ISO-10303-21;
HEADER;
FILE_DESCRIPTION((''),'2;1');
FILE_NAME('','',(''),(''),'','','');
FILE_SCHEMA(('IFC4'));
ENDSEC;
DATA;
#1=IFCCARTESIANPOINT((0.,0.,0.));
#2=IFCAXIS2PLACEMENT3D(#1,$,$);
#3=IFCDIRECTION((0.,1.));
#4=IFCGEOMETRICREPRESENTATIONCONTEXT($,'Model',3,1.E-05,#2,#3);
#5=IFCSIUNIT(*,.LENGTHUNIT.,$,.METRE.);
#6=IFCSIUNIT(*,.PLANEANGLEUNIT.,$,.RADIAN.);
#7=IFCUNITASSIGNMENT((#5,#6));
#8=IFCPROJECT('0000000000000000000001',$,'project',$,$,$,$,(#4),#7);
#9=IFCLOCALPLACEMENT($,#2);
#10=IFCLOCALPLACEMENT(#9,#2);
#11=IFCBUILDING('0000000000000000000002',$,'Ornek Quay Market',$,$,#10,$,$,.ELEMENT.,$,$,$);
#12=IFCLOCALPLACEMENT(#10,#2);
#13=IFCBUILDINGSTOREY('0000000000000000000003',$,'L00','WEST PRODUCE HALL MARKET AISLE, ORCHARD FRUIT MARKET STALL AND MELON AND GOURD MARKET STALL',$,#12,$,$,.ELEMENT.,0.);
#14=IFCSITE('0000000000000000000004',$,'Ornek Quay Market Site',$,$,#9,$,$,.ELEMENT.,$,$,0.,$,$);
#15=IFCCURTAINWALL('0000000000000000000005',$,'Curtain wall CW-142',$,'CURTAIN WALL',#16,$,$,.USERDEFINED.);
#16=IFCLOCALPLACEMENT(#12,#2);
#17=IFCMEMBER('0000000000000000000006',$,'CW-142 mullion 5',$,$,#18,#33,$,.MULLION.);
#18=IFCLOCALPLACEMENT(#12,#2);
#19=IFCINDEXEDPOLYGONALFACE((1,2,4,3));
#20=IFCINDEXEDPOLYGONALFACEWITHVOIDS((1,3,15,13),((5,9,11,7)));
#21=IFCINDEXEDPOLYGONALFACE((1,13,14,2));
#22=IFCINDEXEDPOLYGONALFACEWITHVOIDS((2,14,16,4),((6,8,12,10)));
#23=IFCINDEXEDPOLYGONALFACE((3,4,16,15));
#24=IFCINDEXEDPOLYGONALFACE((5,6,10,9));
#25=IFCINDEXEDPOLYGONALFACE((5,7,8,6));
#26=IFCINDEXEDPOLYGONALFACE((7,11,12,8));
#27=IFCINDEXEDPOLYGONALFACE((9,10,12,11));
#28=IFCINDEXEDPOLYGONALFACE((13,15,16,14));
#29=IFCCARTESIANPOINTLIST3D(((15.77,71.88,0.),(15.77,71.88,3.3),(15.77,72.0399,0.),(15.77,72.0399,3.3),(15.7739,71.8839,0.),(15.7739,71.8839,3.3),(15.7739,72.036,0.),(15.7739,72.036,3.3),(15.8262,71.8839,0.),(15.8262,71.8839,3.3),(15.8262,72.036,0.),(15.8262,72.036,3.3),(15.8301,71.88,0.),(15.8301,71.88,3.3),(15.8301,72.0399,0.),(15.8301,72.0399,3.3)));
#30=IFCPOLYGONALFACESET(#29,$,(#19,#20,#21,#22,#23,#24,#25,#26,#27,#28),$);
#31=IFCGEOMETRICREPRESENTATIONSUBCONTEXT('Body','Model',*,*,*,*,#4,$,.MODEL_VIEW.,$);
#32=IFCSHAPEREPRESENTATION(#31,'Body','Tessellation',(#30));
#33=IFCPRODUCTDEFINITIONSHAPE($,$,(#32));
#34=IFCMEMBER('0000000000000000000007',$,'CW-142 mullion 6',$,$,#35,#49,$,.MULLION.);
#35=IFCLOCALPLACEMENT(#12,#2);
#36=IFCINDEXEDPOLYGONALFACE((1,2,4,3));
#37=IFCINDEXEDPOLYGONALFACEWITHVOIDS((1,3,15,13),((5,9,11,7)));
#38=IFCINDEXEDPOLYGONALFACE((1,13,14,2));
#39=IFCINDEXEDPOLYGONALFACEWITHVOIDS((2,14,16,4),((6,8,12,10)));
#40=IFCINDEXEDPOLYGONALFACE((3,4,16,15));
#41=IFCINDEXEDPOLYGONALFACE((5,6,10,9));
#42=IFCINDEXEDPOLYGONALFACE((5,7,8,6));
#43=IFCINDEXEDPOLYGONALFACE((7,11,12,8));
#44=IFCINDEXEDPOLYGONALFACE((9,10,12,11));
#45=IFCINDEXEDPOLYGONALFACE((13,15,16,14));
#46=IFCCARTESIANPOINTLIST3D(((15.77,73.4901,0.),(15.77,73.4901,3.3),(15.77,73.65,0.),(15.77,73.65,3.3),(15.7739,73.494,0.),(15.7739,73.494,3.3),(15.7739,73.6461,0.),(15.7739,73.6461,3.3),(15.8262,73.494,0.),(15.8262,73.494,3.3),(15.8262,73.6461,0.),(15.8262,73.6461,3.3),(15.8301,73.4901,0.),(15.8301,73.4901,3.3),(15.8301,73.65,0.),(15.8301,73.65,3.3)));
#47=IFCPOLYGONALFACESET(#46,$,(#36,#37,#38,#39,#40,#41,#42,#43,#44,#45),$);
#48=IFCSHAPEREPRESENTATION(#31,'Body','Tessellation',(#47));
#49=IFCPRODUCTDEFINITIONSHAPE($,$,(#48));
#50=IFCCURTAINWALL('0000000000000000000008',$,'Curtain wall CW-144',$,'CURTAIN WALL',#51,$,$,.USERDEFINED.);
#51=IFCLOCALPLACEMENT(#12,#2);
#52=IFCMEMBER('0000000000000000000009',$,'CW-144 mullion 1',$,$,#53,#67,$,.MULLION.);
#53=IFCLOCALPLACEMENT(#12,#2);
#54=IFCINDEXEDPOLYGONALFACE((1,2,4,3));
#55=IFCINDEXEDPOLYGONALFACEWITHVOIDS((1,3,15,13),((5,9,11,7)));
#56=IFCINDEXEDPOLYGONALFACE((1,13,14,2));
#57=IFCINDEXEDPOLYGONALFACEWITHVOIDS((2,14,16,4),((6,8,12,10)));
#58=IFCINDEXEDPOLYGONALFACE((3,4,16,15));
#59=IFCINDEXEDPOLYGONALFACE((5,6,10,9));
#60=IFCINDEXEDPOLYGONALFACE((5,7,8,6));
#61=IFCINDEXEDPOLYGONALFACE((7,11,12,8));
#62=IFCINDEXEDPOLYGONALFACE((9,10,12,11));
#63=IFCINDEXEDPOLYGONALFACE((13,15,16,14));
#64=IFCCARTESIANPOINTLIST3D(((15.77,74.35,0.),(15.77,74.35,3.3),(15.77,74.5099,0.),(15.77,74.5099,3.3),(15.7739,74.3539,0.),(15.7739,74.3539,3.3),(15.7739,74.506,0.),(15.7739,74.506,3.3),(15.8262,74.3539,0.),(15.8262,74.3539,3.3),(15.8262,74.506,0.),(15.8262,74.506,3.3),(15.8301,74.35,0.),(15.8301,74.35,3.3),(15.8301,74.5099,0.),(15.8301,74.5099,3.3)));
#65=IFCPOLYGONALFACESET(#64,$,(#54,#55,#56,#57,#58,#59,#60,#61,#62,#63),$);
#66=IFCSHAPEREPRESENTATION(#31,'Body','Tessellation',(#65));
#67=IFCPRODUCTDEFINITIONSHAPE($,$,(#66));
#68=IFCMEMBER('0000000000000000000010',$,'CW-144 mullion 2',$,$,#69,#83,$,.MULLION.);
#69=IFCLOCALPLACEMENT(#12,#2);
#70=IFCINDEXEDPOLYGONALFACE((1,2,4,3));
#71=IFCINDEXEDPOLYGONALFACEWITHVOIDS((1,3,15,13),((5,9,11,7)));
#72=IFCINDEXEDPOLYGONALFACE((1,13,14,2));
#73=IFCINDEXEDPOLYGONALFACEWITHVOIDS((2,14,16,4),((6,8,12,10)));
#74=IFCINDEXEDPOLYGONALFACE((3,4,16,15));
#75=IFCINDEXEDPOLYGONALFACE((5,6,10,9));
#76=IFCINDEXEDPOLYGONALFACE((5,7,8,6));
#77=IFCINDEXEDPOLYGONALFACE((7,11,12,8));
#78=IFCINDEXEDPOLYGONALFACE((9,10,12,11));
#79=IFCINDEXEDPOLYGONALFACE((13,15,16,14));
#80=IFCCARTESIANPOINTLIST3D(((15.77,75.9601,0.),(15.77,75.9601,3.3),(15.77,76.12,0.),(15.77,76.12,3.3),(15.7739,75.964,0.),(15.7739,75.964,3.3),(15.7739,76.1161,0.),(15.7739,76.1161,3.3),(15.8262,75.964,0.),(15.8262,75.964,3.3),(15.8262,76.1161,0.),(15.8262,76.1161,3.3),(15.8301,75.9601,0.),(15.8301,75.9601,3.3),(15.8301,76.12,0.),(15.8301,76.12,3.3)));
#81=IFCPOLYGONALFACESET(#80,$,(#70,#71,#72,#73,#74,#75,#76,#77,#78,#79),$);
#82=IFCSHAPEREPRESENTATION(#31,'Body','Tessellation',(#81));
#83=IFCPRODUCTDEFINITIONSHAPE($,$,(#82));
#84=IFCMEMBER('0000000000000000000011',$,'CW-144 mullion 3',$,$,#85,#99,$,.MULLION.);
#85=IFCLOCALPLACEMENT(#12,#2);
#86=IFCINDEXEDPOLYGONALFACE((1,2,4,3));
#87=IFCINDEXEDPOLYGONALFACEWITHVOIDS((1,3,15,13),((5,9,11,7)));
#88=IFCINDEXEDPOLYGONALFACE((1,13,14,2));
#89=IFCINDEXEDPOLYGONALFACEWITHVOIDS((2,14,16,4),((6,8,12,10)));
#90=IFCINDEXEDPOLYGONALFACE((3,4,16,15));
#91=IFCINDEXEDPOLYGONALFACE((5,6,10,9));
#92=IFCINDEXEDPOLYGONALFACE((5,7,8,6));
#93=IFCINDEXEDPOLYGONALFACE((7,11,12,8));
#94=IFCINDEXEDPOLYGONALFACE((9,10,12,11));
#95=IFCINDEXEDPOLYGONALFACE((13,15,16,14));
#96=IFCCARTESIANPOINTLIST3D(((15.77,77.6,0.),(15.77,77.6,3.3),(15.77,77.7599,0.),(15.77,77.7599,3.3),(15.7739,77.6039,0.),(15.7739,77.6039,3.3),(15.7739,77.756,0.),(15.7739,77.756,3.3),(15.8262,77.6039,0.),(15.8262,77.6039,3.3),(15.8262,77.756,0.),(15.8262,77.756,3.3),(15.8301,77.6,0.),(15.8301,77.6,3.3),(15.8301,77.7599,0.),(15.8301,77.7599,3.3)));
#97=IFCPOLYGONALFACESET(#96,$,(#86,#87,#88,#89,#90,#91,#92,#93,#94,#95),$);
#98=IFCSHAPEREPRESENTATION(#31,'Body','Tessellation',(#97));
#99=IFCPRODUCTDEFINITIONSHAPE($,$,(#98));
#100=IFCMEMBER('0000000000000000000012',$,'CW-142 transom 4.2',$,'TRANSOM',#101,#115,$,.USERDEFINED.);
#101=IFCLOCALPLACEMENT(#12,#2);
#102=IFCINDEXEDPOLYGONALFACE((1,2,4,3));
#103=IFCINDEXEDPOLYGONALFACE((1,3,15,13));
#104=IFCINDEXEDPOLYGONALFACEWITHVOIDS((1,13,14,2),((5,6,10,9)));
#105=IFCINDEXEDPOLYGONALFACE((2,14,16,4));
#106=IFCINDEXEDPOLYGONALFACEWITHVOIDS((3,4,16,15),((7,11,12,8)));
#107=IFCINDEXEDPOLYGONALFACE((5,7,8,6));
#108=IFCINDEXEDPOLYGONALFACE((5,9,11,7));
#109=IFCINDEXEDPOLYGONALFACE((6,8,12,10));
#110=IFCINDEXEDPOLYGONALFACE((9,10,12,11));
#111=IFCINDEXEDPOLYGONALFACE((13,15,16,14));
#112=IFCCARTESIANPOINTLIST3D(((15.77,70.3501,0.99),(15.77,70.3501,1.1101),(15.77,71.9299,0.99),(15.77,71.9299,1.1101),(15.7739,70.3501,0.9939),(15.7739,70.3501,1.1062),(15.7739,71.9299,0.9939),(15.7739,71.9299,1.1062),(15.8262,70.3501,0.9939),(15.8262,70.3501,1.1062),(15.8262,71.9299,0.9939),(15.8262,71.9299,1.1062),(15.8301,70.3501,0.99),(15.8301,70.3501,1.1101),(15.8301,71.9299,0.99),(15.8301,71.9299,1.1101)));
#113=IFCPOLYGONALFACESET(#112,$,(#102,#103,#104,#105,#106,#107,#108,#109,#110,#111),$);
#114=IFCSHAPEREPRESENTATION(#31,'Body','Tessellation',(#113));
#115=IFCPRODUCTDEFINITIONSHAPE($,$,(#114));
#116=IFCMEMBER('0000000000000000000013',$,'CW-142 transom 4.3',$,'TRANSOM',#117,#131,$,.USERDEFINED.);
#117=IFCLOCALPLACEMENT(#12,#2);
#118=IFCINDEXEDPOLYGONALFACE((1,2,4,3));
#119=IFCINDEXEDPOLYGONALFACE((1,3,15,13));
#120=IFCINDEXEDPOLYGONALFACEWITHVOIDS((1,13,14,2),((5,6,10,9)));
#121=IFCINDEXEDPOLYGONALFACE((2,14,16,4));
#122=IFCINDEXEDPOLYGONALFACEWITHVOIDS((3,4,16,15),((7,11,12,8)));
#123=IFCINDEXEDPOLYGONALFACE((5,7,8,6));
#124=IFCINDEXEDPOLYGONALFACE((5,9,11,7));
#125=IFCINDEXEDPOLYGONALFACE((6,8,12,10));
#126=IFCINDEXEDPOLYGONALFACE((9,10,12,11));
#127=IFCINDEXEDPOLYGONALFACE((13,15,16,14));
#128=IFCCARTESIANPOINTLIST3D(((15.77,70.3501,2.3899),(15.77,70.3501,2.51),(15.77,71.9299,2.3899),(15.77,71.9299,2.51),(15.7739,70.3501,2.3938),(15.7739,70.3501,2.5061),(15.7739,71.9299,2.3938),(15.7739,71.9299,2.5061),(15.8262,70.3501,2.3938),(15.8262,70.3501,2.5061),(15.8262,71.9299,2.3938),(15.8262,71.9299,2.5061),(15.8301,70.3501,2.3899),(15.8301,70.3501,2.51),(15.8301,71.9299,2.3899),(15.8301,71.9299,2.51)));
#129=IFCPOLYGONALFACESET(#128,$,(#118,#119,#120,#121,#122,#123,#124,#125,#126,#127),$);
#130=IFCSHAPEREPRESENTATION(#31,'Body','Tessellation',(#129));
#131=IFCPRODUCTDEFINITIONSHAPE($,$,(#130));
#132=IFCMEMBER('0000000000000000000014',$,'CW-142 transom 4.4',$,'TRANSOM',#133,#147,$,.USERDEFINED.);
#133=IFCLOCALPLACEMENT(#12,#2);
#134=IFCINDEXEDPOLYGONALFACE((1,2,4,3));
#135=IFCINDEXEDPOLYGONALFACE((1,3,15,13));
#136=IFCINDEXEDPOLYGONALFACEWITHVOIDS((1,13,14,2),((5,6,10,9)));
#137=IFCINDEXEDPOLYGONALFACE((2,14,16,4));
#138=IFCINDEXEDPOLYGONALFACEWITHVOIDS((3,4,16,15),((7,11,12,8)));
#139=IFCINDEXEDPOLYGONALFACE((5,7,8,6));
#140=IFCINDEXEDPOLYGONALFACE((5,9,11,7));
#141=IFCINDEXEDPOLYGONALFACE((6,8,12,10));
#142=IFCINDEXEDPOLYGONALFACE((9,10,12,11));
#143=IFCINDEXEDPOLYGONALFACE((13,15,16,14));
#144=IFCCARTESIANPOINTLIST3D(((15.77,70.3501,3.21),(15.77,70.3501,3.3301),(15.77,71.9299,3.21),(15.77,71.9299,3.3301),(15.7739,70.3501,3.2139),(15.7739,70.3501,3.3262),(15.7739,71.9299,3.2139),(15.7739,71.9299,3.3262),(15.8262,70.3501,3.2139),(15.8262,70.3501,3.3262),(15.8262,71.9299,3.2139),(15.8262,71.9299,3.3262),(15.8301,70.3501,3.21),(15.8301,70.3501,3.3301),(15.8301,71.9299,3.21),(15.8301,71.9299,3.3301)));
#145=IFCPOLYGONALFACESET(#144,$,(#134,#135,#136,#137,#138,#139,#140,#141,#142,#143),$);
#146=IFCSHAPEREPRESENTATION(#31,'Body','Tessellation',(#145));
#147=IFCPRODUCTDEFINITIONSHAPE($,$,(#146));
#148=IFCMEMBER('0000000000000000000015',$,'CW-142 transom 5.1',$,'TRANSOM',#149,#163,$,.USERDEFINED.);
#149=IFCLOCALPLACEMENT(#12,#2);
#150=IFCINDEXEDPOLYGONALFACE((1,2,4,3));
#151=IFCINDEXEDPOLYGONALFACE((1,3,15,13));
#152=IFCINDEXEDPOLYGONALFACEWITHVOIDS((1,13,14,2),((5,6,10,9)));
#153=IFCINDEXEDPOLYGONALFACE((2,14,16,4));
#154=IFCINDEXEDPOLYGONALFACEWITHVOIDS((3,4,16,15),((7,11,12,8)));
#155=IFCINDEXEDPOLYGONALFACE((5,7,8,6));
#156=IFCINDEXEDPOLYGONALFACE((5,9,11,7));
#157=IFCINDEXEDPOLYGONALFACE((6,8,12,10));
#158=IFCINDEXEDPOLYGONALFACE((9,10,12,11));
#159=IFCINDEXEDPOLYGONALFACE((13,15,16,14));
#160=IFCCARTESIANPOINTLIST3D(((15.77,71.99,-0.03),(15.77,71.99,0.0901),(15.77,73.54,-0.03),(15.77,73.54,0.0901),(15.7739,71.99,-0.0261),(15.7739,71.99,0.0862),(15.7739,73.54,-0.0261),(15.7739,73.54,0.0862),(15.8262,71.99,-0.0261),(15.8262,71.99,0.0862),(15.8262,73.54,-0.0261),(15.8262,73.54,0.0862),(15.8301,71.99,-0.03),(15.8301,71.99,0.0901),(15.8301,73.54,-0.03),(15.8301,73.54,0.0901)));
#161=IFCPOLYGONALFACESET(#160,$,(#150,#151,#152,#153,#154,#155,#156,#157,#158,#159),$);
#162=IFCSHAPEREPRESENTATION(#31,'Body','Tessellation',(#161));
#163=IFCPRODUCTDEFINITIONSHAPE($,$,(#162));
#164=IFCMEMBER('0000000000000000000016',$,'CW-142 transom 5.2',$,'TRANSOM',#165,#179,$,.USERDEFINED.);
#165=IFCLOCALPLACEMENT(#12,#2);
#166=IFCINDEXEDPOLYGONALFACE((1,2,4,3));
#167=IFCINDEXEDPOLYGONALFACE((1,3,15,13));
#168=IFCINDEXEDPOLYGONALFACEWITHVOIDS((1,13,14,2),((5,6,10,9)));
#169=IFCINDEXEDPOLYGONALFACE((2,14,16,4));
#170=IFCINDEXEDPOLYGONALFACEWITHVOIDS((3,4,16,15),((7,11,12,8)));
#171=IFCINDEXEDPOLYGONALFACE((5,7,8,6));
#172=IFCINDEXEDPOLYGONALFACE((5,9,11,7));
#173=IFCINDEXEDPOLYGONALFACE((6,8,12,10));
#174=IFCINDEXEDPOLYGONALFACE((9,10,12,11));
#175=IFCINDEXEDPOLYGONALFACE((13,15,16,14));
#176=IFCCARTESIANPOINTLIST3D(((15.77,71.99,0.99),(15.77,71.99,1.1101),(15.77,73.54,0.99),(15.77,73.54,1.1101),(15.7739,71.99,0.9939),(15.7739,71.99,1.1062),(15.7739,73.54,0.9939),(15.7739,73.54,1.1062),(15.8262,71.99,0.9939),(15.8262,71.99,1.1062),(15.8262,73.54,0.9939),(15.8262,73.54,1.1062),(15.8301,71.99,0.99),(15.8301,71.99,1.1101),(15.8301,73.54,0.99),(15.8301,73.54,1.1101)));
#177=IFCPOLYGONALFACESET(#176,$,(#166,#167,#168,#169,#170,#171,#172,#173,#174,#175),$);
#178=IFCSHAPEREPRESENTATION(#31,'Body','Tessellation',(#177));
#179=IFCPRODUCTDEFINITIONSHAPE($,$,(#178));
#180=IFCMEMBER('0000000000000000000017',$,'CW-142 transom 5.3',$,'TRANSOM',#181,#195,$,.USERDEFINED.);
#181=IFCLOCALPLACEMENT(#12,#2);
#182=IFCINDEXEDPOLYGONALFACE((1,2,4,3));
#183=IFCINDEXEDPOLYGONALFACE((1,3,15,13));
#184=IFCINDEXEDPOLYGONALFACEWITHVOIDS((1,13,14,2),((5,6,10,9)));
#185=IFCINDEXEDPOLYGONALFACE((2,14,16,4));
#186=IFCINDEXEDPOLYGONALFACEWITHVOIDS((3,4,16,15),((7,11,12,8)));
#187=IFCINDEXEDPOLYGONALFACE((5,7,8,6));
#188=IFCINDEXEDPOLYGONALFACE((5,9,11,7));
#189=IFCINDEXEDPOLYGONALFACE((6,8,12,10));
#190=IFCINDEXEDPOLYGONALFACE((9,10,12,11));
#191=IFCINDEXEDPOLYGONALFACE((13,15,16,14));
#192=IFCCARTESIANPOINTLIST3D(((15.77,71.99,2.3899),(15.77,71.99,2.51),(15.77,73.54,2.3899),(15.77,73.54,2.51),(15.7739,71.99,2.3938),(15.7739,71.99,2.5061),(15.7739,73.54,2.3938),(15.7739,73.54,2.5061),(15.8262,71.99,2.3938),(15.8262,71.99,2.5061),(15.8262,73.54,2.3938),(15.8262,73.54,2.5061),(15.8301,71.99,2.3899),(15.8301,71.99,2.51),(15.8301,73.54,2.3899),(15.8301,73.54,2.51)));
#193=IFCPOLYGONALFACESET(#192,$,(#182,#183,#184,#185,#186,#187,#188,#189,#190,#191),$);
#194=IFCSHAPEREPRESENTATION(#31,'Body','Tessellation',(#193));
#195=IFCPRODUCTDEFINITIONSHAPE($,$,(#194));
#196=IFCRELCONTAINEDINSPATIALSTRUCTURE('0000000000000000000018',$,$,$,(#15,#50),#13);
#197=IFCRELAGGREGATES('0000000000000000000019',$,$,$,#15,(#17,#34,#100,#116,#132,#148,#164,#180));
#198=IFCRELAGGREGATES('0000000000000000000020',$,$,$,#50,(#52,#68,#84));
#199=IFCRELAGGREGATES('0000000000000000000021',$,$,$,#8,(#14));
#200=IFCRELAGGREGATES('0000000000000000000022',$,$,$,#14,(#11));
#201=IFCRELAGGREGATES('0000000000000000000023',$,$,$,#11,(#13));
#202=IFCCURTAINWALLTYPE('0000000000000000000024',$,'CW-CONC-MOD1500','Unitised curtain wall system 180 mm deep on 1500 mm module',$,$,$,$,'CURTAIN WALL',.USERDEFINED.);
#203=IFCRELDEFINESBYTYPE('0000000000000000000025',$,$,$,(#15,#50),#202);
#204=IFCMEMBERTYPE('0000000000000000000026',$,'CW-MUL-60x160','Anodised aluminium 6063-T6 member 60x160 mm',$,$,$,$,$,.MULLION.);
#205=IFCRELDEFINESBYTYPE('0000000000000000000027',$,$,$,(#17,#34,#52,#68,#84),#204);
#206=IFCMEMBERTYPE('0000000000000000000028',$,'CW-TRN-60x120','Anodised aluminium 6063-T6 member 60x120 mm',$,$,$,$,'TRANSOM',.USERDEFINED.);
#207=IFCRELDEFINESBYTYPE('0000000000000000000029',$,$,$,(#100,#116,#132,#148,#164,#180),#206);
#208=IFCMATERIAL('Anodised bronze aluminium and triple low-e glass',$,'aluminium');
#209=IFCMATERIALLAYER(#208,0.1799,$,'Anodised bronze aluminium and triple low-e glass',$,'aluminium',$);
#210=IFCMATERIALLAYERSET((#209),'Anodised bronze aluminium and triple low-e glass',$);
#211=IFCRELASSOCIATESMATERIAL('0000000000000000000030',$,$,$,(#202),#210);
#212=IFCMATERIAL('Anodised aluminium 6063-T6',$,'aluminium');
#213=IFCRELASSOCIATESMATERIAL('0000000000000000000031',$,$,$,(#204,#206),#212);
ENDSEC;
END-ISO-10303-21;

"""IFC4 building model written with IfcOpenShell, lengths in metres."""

from ifc_helpers import new_model, si_unit, direction, frame, origin, origin_2d, place, context, subcontext, project, spatial, hollow_rectangle, extrude, material, layer, layer_set, material_profile, profile_set, type_object, element, aggregate, save


model = new_model("IFC4")

# Units and contexts
model_context = context("Model", 3, precision=1e-05, world=origin(), true_north=direction((0.0, 1.0)))
body_context = subcontext(model_context, "Body", "Model", "MODEL_VIEW")
ifc_project = project(units=[si_unit("LENGTHUNIT", "METRE"), si_unit("PLANEANGLEUNIT", "RADIAN")], contexts=[model_context])

# Site, building, storey
site_placement = place(None, origin())
site = spatial("IfcSite", under=ifc_project, at=site_placement, Name="Ornek Quay Market Site", CompositionType="ELEMENT", RefElevation=0.0)
building_placement = place(site_placement, origin())
building = spatial("IfcBuilding", under=site, at=building_placement, Name="Ornek Quay Market", CompositionType="ELEMENT")
storey_placement = place(building_placement, origin())
storey = spatial("IfcBuildingStorey", under=building, at=storey_placement, Name="L00", Description="WEST PRODUCE HALL MARKET AISLE, ORCHARD FRUIT MARKET STALL AND MELON AND GOURD MARKET STALL", CompositionType="ELEMENT", Elevation=0.0)

# Curtain walls, members
ifc_material_1 = material(Name="Anodised bronze aluminium and triple low-e glass", Category="aluminium")
ifc_layer_1 = layer(ifc_material_1, 0.1799, Name="Anodised bronze aluminium and triple low-e glass", Category="aluminium")
ifc_layer_set_1 = layer_set([ifc_layer_1], Name="Anodised bronze aluminium and triple low-e glass")
curtain_wall_type = type_object("IfcCurtainWallType", Name="CW-CONC-MOD1500", Description="Unitised curtain wall system 180 mm deep on 1500 mm module", ElementType="CURTAIN WALL", PredefinedType="USERDEFINED", material=ifc_layer_set_1)
curtain_wall_1_placement = place(storey_placement, origin())
curtain_wall_1 = element("IfcCurtainWall", 1, at=curtain_wall_1_placement, inside=storey, type_object=curtain_wall_type, Name="Curtain wall CW-142", ObjectType="CURTAIN WALL", PredefinedType="USERDEFINED")
ifc_material_2 = material(Name="Anodised aluminium 6063-T6", Category="aluminium")
ifc_material_profile_1 = material_profile(ifc_material_2, hollow_rectangle(XDim=0.0601, YDim=0.1599, WallThickness=0.0039, at=origin_2d()), Name="CW-MUL-60x160", Category="aluminium")
ifc_profile_set_1 = profile_set([ifc_material_profile_1], Name="Anodised aluminium 6063-T6")
member_type_1 = type_object("IfcMemberType", Name="CW-MUL-60x160", Description="Anodised aluminium 6063-T6 member 60x160 mm", PredefinedType="MULLION", material=ifc_profile_set_1)
member_1_placement = place(storey_placement, frame((15.8, 71.96, 0.0), z_axis=(0.0, 0.0, 1.0), x_axis=(-1.0, 0.0, 0.0)))
member_1 = element("IfcMember", 2, at=member_1_placement, type_object=member_type_1, Name="CW-142 mullion 5", PredefinedType="MULLION", context=body_context, shape_type="SweptSolid", body=[
    extrude(hollow_rectangle(XDim=0.0601, YDim=0.1599, WallThickness=0.0039, at=origin_2d()), origin(), (0.0, 0.0, 1.0), 3.3),
])
member_2_placement = place(storey_placement, frame((15.8, 73.5701, 0.0), z_axis=(0.0, 0.0, 1.0), x_axis=(-1.0, 0.0, 0.0)))
member_2 = element("IfcMember", 3, at=member_2_placement, type_object=member_type_1, Name="CW-142 mullion 6", PredefinedType="MULLION", context=body_context, shape_type="SweptSolid", body=[
    extrude(hollow_rectangle(XDim=0.0601, YDim=0.1599, WallThickness=0.0039, at=origin_2d()), origin(), (0.0, 0.0, 1.0), 3.3),
])
curtain_wall_2_placement = place(storey_placement, origin())
curtain_wall_2 = element("IfcCurtainWall", 4, at=curtain_wall_2_placement, inside=storey, type_object=curtain_wall_type, Name="Curtain wall CW-144", ObjectType="CURTAIN WALL", PredefinedType="USERDEFINED")
member_3_placement = place(storey_placement, frame((15.8, 74.4299, 0.0), z_axis=(0.0, 0.0, 1.0), x_axis=(-1.0, 0.0, 0.0)))
member_3 = element("IfcMember", 5, at=member_3_placement, type_object=member_type_1, Name="CW-144 mullion 1", PredefinedType="MULLION", context=body_context, shape_type="SweptSolid", body=[
    extrude(hollow_rectangle(XDim=0.0601, YDim=0.1599, WallThickness=0.0039, at=origin_2d()), origin(), (0.0, 0.0, 1.0), 3.3),
])
member_4_placement = place(storey_placement, frame((15.8, 76.04, 0.0), z_axis=(0.0, 0.0, 1.0), x_axis=(-1.0, 0.0, 0.0)))
member_4 = element("IfcMember", 6, at=member_4_placement, type_object=member_type_1, Name="CW-144 mullion 2", PredefinedType="MULLION", context=body_context, shape_type="SweptSolid", body=[
    extrude(hollow_rectangle(XDim=0.0601, YDim=0.1599, WallThickness=0.0039, at=origin_2d()), origin(), (0.0, 0.0, 1.0), 3.3),
])
member_5_placement = place(storey_placement, frame((15.8, 77.6799, 0.0), z_axis=(0.0, 0.0, 1.0), x_axis=(-1.0, 0.0, 0.0)))
member_5 = element("IfcMember", 7, at=member_5_placement, type_object=member_type_1, Name="CW-144 mullion 3", PredefinedType="MULLION", context=body_context, shape_type="SweptSolid", body=[
    extrude(hollow_rectangle(XDim=0.0601, YDim=0.1599, WallThickness=0.0039, at=origin_2d()), origin(), (0.0, 0.0, 1.0), 3.3),
])

# Members
ifc_material_profile_2 = material_profile(ifc_material_2, hollow_rectangle(XDim=0.0601, YDim=0.1201, WallThickness=0.0039, at=origin_2d()), Name="CW-TRN-60x120", Category="aluminium")
ifc_profile_set_2 = profile_set([ifc_material_profile_2], Name="Anodised aluminium 6063-T6")
member_type_2 = type_object("IfcMemberType", Name="CW-TRN-60x120", Description="Anodised aluminium 6063-T6 member 60x120 mm", ElementType="TRANSOM", PredefinedType="USERDEFINED", material=ifc_profile_set_2)
member_6_placement = place(storey_placement, frame((15.8, 70.3501, 1.05), z_axis=(0.0, 1.0, 0.0), x_axis=(-1.0, 0.0, 0.0)))
member_6 = element("IfcMember", 8, at=member_6_placement, type_object=member_type_2, Name="CW-142 transom 4.2", ObjectType="TRANSOM", PredefinedType="USERDEFINED", context=body_context, shape_type="SweptSolid", body=[
    extrude(hollow_rectangle(XDim=0.0601, YDim=0.1201, WallThickness=0.0039, at=origin_2d()), origin(), (0.0, 0.0, 1.0), 1.5798),
])
member_7_placement = place(storey_placement, frame((15.8, 70.3501, 2.45), z_axis=(0.0, 1.0, 0.0), x_axis=(-1.0, 0.0, 0.0)))
member_7 = element("IfcMember", 9, at=member_7_placement, type_object=member_type_2, Name="CW-142 transom 4.3", ObjectType="TRANSOM", PredefinedType="USERDEFINED", context=body_context, shape_type="SweptSolid", body=[
    extrude(hollow_rectangle(XDim=0.0601, YDim=0.1201, WallThickness=0.0039, at=origin_2d()), origin(), (0.0, 0.0, 1.0), 1.5798),
])
member_8_placement = place(storey_placement, frame((15.8, 70.3501, 3.27), z_axis=(0.0, 1.0, 0.0), x_axis=(-1.0, 0.0, 0.0)))
member_8 = element("IfcMember", 10, at=member_8_placement, type_object=member_type_2, Name="CW-142 transom 4.4", ObjectType="TRANSOM", PredefinedType="USERDEFINED", context=body_context, shape_type="SweptSolid", body=[
    extrude(hollow_rectangle(XDim=0.0601, YDim=0.1201, WallThickness=0.0039, at=origin_2d()), origin(), (0.0, 0.0, 1.0), 1.5798),
])
member_9_placement = place(storey_placement, frame((15.8, 71.99, 0.03), z_axis=(0.0, 1.0, 0.0), x_axis=(-1.0, 0.0, 0.0)))
member_9 = element("IfcMember", 11, at=member_9_placement, type_object=member_type_2, Name="CW-142 transom 5.1", ObjectType="TRANSOM", PredefinedType="USERDEFINED", context=body_context, shape_type="SweptSolid", body=[
    extrude(hollow_rectangle(XDim=0.0601, YDim=0.1201, WallThickness=0.0039, at=origin_2d()), origin(), (0.0, 0.0, 1.0), 1.55),
])
member_10_placement = place(storey_placement, frame((15.8, 71.99, 1.05), z_axis=(0.0, 1.0, 0.0), x_axis=(-1.0, 0.0, 0.0)))
member_10 = element("IfcMember", 12, at=member_10_placement, type_object=member_type_2, Name="CW-142 transom 5.2", ObjectType="TRANSOM", PredefinedType="USERDEFINED", context=body_context, shape_type="SweptSolid", body=[
    extrude(hollow_rectangle(XDim=0.0601, YDim=0.1201, WallThickness=0.0039, at=origin_2d()), origin(), (0.0, 0.0, 1.0), 1.55),
])
member_11_placement = place(storey_placement, frame((15.8, 71.99, 2.45), z_axis=(0.0, 1.0, 0.0), x_axis=(-1.0, 0.0, 0.0)))
member_11 = element("IfcMember", 13, at=member_11_placement, type_object=member_type_2, Name="CW-142 transom 5.3", ObjectType="TRANSOM", PredefinedType="USERDEFINED", context=body_context, shape_type="SweptSolid", body=[
    extrude(hollow_rectangle(XDim=0.0601, YDim=0.1201, WallThickness=0.0039, at=origin_2d()), origin(), (0.0, 0.0, 1.0), 1.55),
])

aggregate(curtain_wall_1, [member_1, member_2, member_6, member_7, member_8, member_9, member_10, member_11])
aggregate(curtain_wall_2, [member_3, member_4, member_5])

save(model, "model.ifc")
